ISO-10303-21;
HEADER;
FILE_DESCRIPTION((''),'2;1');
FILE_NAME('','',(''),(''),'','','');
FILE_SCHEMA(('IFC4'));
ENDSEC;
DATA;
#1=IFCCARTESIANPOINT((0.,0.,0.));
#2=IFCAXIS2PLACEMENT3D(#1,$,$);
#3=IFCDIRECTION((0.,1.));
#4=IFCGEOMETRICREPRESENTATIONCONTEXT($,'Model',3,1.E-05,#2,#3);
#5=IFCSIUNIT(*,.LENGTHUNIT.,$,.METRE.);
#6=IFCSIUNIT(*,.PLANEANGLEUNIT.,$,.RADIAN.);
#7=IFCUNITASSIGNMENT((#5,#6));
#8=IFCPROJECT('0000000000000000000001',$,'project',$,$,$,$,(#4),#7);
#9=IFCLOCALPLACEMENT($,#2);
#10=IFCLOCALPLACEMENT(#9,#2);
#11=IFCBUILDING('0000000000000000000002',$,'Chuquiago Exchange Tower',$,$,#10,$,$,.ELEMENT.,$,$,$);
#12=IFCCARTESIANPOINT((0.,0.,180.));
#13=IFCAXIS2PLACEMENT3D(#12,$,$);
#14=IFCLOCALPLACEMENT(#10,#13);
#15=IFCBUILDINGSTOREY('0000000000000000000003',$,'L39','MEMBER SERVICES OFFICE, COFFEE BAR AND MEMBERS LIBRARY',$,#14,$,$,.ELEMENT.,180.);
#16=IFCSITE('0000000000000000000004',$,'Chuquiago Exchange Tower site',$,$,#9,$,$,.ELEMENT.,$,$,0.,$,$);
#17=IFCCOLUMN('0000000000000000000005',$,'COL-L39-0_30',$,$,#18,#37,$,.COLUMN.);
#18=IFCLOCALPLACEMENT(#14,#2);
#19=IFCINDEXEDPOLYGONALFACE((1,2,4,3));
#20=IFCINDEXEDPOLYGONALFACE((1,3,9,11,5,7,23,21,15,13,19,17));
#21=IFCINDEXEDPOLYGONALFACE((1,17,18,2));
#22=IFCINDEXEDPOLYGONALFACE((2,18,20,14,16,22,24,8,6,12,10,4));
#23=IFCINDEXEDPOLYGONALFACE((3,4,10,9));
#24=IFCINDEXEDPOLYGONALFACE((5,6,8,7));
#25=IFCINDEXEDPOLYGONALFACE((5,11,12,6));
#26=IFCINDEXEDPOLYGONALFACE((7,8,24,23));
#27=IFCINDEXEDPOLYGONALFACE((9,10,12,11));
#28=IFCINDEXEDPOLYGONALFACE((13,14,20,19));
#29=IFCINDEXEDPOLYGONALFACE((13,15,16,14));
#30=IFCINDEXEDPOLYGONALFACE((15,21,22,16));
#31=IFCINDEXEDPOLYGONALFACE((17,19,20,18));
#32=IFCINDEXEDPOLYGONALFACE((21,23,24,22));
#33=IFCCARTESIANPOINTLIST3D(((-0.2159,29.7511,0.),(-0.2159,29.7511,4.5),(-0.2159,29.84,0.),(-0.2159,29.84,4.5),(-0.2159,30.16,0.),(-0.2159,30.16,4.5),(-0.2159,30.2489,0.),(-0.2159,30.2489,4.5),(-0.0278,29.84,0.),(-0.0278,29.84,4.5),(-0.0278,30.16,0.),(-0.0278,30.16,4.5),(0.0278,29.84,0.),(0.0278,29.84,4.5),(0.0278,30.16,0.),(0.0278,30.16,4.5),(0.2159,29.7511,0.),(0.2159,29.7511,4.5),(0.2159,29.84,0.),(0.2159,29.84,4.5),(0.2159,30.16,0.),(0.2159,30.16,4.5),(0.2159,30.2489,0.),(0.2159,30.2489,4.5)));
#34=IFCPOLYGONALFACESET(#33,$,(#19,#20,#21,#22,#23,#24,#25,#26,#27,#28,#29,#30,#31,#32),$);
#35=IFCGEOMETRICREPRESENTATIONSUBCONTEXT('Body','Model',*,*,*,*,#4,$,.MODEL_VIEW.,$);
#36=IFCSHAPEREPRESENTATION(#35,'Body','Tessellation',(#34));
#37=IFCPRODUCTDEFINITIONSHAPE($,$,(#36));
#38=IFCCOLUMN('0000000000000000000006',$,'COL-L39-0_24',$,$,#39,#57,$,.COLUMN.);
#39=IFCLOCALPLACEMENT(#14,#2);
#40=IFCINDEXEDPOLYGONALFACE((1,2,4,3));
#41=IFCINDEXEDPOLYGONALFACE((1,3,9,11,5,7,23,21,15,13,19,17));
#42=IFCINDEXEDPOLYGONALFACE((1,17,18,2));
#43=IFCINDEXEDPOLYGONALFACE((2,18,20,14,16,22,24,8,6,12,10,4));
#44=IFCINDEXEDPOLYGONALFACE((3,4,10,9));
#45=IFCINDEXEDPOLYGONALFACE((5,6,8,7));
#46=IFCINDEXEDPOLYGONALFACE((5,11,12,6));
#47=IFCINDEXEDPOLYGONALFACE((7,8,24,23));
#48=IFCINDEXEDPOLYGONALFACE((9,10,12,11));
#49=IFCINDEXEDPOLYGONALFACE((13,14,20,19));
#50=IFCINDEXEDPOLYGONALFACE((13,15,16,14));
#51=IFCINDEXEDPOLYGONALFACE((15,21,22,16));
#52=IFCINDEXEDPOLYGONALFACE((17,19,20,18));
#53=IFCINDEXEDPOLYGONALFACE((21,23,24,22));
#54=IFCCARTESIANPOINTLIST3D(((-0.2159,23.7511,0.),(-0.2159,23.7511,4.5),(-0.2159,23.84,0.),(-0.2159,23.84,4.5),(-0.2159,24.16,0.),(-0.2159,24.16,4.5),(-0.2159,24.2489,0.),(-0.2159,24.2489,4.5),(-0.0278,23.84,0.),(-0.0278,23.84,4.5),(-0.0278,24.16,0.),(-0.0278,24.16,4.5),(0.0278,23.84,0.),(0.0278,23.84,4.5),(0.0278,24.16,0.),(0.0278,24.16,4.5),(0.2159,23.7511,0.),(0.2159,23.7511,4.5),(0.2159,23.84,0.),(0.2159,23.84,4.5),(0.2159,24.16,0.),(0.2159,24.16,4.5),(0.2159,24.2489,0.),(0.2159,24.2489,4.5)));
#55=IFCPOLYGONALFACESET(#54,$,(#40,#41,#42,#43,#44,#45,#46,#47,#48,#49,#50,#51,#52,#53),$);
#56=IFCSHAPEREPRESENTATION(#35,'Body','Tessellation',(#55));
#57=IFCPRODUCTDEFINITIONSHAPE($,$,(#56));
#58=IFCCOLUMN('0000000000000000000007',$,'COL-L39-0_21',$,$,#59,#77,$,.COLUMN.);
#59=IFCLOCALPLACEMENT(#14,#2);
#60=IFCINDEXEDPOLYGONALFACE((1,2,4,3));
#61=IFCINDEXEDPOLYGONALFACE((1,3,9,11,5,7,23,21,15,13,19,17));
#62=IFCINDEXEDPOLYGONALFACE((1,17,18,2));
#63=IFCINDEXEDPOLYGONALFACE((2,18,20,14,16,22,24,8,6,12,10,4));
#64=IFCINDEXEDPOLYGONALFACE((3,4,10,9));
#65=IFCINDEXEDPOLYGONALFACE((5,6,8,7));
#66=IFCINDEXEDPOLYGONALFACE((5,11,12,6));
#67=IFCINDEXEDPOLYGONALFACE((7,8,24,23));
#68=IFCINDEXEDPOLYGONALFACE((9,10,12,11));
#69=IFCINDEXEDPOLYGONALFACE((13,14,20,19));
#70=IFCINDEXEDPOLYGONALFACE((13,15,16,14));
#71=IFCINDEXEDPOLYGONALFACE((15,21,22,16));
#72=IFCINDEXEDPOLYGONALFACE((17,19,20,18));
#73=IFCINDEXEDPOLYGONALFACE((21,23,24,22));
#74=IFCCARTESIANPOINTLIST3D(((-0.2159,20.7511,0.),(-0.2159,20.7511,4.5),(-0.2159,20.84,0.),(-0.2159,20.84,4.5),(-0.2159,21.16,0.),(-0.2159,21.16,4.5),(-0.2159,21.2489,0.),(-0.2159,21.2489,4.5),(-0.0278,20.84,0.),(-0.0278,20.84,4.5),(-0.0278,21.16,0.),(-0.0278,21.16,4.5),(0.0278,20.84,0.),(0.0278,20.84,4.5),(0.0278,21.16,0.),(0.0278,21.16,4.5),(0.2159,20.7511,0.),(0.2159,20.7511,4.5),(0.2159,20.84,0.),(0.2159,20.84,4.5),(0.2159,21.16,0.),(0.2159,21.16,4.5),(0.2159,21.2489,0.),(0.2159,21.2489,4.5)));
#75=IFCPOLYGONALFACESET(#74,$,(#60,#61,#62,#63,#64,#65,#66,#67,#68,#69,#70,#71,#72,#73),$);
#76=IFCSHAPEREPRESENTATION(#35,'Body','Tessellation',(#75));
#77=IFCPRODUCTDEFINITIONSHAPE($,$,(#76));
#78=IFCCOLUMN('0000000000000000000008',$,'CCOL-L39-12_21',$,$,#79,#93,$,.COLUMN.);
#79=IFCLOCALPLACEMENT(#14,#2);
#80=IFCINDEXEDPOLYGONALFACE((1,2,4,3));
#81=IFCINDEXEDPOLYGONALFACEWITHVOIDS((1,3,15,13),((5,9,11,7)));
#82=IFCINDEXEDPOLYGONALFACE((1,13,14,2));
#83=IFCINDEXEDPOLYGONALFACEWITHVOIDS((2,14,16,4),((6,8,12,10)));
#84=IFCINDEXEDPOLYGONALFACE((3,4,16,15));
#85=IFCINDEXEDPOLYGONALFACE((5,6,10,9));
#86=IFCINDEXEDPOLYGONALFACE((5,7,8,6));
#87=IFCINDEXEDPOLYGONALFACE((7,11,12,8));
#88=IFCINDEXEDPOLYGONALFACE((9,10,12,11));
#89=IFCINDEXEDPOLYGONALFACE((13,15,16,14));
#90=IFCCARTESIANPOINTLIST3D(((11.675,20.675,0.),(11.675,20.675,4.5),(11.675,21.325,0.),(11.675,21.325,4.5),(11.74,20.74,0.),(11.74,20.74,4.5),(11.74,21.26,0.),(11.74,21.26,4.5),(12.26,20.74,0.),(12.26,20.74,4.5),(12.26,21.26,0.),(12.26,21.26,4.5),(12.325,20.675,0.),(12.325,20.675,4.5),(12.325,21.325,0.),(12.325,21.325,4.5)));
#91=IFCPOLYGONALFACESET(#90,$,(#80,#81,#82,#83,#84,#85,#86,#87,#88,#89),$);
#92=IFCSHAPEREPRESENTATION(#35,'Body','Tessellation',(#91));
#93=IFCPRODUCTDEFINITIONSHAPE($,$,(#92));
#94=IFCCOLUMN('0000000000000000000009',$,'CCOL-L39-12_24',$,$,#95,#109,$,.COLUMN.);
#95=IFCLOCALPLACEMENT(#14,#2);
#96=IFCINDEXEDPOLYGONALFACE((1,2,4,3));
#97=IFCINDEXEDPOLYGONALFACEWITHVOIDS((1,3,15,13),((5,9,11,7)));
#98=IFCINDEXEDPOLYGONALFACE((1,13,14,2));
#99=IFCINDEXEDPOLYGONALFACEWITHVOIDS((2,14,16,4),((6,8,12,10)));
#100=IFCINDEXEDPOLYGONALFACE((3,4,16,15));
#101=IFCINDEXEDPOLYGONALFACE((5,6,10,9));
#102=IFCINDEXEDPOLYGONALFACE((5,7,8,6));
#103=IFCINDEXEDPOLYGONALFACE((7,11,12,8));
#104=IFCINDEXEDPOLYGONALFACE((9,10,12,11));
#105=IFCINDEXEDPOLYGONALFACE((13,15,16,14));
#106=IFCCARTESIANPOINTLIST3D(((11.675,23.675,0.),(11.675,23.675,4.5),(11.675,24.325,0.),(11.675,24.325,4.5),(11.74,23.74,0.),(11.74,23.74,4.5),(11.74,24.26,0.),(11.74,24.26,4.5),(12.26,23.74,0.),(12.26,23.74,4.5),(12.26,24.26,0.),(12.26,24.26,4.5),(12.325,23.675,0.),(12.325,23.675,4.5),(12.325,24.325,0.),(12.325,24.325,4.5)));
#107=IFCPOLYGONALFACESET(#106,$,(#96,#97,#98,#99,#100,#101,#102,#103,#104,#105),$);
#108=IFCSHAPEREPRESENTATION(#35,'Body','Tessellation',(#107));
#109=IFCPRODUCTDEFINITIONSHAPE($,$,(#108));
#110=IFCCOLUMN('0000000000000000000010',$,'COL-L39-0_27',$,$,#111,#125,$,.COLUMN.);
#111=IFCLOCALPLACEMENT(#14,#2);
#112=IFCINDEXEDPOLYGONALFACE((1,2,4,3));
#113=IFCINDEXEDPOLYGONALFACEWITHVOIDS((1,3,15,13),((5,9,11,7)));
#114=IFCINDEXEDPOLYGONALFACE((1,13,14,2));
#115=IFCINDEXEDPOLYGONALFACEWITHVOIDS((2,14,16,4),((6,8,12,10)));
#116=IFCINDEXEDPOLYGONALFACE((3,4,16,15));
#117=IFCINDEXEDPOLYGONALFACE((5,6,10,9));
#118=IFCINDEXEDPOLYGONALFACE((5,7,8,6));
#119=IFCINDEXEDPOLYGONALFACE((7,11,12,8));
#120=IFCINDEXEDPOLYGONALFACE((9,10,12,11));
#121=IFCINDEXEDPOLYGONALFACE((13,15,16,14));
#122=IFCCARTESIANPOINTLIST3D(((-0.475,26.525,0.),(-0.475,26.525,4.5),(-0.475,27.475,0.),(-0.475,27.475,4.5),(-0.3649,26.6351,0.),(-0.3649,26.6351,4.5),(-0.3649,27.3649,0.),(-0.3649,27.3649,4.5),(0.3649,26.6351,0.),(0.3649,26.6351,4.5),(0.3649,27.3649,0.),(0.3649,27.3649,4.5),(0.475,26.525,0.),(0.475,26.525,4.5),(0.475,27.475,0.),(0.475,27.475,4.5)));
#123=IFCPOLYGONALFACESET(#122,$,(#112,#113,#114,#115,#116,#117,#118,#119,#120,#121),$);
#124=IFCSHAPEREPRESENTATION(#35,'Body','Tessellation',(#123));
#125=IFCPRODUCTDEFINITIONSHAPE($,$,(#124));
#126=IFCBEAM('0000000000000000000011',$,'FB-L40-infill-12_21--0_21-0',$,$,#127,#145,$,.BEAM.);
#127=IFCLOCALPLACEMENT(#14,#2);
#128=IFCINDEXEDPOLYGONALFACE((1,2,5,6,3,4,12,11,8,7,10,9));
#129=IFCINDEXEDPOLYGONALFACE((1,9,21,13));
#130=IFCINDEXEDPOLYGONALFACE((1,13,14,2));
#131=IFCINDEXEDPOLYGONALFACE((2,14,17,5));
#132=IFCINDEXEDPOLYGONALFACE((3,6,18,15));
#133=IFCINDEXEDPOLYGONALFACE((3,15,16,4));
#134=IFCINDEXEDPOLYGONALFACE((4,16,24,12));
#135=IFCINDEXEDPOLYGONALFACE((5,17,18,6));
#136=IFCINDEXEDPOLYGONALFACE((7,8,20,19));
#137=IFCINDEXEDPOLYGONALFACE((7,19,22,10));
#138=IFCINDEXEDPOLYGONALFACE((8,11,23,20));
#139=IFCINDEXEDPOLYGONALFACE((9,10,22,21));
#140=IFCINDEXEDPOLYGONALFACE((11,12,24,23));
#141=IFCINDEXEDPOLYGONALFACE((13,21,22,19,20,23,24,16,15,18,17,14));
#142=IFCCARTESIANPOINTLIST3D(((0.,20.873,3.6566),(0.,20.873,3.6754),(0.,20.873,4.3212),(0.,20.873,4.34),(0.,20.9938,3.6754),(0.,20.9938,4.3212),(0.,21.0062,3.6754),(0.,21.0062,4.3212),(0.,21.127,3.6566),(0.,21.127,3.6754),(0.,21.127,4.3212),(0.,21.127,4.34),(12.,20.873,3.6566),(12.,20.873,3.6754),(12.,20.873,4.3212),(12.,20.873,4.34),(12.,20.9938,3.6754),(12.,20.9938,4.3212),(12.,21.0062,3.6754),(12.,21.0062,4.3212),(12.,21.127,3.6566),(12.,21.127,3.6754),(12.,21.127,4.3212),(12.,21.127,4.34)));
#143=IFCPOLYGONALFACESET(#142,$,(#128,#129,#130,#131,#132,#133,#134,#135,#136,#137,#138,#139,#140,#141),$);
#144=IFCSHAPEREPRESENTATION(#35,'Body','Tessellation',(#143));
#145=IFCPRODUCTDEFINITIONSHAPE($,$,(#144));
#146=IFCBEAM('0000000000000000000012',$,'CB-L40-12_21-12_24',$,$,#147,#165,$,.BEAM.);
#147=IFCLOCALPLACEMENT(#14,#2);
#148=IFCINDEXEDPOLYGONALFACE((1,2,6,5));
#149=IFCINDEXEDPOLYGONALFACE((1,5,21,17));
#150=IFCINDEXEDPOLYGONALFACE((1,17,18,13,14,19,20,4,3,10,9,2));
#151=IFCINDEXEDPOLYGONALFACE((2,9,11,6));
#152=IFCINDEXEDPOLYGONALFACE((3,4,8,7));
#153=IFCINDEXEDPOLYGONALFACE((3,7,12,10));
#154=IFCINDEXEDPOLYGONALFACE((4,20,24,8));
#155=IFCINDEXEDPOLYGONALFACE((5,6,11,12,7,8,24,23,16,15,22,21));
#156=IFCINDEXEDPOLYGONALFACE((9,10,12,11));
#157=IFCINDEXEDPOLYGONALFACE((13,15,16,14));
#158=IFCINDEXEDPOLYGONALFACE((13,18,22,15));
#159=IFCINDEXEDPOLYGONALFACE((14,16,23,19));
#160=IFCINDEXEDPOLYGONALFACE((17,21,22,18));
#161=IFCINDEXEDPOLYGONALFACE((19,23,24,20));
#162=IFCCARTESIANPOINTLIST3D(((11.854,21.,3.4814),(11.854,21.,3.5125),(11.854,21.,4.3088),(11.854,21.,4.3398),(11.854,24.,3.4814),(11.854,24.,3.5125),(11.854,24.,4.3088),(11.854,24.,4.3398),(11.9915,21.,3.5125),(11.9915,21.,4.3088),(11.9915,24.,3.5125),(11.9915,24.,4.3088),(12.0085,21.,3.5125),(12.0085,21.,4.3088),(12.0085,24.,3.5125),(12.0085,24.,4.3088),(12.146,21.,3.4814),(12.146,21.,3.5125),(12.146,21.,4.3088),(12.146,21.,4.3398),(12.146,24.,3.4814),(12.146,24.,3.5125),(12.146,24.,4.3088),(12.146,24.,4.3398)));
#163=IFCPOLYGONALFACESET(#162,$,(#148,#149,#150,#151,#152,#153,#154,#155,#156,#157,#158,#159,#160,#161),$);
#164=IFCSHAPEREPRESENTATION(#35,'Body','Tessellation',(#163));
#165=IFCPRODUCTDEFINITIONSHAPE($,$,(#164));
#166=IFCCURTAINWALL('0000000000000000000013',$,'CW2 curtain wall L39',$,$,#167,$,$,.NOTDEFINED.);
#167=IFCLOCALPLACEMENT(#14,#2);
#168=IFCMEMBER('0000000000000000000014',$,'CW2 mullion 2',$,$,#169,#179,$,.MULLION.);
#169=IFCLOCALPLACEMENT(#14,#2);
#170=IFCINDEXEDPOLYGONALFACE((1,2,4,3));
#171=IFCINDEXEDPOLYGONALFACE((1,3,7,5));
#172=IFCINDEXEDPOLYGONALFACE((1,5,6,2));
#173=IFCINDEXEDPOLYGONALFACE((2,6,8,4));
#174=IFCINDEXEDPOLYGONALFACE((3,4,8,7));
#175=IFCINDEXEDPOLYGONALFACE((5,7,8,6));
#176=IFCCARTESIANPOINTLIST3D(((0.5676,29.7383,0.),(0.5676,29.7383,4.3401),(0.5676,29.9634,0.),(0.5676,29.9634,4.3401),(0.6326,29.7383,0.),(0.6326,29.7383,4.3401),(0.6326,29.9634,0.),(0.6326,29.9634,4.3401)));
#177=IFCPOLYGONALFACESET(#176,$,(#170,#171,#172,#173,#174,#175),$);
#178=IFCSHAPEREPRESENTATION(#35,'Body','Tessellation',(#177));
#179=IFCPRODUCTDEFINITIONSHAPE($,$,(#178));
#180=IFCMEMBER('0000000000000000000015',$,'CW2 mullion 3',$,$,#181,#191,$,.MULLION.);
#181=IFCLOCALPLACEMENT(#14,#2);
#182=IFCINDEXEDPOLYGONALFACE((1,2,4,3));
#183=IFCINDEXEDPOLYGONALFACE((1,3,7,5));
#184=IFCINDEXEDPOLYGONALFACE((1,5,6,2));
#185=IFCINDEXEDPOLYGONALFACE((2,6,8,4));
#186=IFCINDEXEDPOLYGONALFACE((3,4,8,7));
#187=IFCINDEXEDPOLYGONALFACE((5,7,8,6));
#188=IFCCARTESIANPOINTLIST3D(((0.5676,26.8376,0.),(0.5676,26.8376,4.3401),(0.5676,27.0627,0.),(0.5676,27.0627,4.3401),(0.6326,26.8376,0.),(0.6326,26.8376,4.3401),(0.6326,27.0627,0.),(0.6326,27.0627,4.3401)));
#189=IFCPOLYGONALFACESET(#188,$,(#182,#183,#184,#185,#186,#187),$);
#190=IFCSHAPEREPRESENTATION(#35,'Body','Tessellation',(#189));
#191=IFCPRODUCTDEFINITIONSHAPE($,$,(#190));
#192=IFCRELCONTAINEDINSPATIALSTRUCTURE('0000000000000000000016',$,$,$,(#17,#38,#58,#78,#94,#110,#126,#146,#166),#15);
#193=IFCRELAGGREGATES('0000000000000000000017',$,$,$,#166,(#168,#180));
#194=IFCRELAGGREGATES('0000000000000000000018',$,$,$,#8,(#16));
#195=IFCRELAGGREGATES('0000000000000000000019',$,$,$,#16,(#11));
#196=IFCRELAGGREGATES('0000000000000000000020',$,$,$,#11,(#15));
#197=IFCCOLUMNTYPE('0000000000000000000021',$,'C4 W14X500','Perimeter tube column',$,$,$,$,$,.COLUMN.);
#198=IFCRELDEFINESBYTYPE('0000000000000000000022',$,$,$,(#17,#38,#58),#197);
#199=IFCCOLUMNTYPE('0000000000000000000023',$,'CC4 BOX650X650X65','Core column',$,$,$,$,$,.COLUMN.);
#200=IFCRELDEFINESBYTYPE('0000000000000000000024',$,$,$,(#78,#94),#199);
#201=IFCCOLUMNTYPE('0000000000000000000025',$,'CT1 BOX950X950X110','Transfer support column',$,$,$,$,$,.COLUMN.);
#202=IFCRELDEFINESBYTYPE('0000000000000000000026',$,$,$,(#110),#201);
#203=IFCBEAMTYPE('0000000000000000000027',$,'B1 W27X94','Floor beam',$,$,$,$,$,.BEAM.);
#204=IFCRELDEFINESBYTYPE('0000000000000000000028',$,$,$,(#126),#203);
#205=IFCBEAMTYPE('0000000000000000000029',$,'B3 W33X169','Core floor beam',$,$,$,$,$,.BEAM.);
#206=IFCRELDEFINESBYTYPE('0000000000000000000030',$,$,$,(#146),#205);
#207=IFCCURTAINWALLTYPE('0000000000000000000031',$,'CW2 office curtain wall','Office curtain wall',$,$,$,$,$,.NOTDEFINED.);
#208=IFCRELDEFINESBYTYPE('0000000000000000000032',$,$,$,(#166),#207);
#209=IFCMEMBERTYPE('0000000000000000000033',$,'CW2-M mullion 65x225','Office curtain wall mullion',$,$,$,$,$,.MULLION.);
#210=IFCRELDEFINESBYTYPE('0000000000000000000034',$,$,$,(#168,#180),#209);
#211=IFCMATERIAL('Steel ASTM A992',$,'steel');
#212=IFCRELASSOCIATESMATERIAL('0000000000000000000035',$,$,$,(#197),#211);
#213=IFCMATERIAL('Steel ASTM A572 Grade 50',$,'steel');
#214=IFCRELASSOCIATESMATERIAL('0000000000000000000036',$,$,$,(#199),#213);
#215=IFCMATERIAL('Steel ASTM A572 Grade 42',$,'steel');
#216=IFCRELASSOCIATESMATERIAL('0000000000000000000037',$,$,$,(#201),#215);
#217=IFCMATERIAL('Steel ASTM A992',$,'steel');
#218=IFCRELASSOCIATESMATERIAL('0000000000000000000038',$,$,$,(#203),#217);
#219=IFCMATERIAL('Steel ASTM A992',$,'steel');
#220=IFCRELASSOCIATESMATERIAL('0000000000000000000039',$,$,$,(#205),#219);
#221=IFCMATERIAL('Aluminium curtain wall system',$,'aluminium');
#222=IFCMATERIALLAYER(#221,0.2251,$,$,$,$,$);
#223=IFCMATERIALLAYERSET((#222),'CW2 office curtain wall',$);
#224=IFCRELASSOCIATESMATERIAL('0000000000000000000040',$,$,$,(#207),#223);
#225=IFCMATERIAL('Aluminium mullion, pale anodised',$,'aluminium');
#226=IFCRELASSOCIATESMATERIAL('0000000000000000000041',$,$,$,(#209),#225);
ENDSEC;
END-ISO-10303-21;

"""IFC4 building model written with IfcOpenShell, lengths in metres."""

from ifc_helpers import new_model, si_unit, direction, frame, origin, origin_2d, place, context, subcontext, project, spatial, rectangle, hollow_rectangle, i_section, extrude, material, layer, layer_set, material_profile, profile_set, type_object, element, aggregate, save


model = new_model("IFC4")

# Units and contexts
model_context = context("Model", 3, precision=1e-05, world=origin(), true_north=direction((0.0, 1.0)))
body_context = subcontext(model_context, "Body", "Model", "MODEL_VIEW")
ifc_project = project(units=[si_unit("LENGTHUNIT", "METRE"), si_unit("PLANEANGLEUNIT", "RADIAN")], contexts=[model_context])

# Site, building, storey
site_placement = place(None, origin())
site = spatial("IfcSite", under=ifc_project, at=site_placement, Name="Chuquiago Exchange Tower site", CompositionType="ELEMENT", RefElevation=0.0)
building_placement = place(site_placement, origin())
building = spatial("IfcBuilding", under=site, at=building_placement, Name="Chuquiago Exchange Tower", CompositionType="ELEMENT")
storey_placement = place(building_placement, frame((0.0, 0.0, 180.0)))
storey = spatial("IfcBuildingStorey", under=building, at=storey_placement, Name="L39", Description="MEMBER SERVICES OFFICE, COFFEE BAR AND MEMBERS LIBRARY", CompositionType="ELEMENT", Elevation=180.0)

# Columns
ifc_material_1 = material(Name="Steel ASTM A992", Category="steel")
ifc_material_profile_1 = material_profile(ifc_material_1, i_section(OverallWidth=0.4319, OverallDepth=0.4978, WebThickness=0.0557, FlangeThickness=0.0889, at=origin_2d()), Name="W14X500")
ifc_profile_set_1 = profile_set([ifc_material_profile_1], Name="Steel ASTM A992")
column_type_1 = type_object("IfcColumnType", Name="C4 W14X500", Description="Perimeter tube column", PredefinedType="COLUMN", material=ifc_profile_set_1)
for number, where, z_axis, x_axis, name in (
    (1, (0.0, 30.0, 0.0), (0.0, 0.0, 1.0), (-1.0, 0.0, 0.0), "COL-L39-0_30"),
    (2, (0.0, 24.0, 0.0), (0.0, 0.0, 1.0), (-1.0, 0.0, 0.0), "COL-L39-0_24"),
    (3, (0.0, 21.0, 0.0), (0.0, 0.0, 1.0), (-1.0, 0.0, 0.0), "COL-L39-0_21"),
):
    element("IfcColumn", number, at=place(storey_placement, frame(where, z_axis=z_axis, x_axis=x_axis)), inside=storey, type_object=column_type_1, Name=name, PredefinedType="COLUMN", context=body_context, shape_type="SweptSolid", body=[
        extrude(i_section(OverallWidth=0.4319, OverallDepth=0.4978, WebThickness=0.0557, FlangeThickness=0.0889, at=origin_2d()), origin(), (0.0, 0.0, 1.0), 4.5),
    ])
ifc_material_2 = material(Name="Steel ASTM A572 Grade 50", Category="steel")
ifc_material_profile_2 = material_profile(ifc_material_2, hollow_rectangle(XDim=0.6499, YDim=0.6499, WallThickness=0.0649, at=origin_2d()), Name="BOX650X650X65")
ifc_profile_set_2 = profile_set([ifc_material_profile_2], Name="Steel ASTM A572 Grade 50")
column_type_2 = type_object("IfcColumnType", Name="CC4 BOX650X650X65", Description="Core column", PredefinedType="COLUMN", material=ifc_profile_set_2)
for number, where, z_axis, x_axis, name in (
    (4, (12.0, 21.0, 0.0), (0.0, 0.0, 1.0), (1.0, 0.0, 0.0), "CCOL-L39-12_21"),
    (5, (12.0, 24.0, 0.0), (0.0, 0.0, 1.0), (1.0, 0.0, 0.0), "CCOL-L39-12_24"),
):
    element("IfcColumn", number, at=place(storey_placement, frame(where, z_axis=z_axis, x_axis=x_axis)), inside=storey, type_object=column_type_2, Name=name, PredefinedType="COLUMN", context=body_context, shape_type="SweptSolid", body=[
        extrude(hollow_rectangle(XDim=0.6499, YDim=0.6499, WallThickness=0.0649, at=origin_2d()), origin(), (0.0, 0.0, 1.0), 4.5),
    ])
ifc_material_3 = material(Name="Steel ASTM A572 Grade 42", Category="steel")
ifc_material_profile_3 = material_profile(ifc_material_3, hollow_rectangle(XDim=0.95, YDim=0.95, WallThickness=0.1101, at=origin_2d()), Name="BOX950X950X110")
ifc_profile_set_3 = profile_set([ifc_material_profile_3], Name="Steel ASTM A572 Grade 42")
column_type_3 = type_object("IfcColumnType", Name="CT1 BOX950X950X110", Description="Transfer support column", PredefinedType="COLUMN", material=ifc_profile_set_3)
column_placement = place(storey_placement, frame((0.0, 27.0, 0.0), z_axis=(0.0, 0.0, 1.0), x_axis=(-1.0, 0.0, 0.0)))
element("IfcColumn", 6, at=column_placement, inside=storey, type_object=column_type_3, Name="COL-L39-0_27", PredefinedType="COLUMN", context=body_context, shape_type="SweptSolid", body=[
    extrude(hollow_rectangle(XDim=0.95, YDim=0.95, WallThickness=0.1101, at=origin_2d()), origin(), (0.0, 0.0, 1.0), 4.5),
])

# Beams
ifc_material_4 = material(Name="Steel ASTM A992", Category="steel")
ifc_material_profile_4 = material_profile(ifc_material_4, i_section(OverallWidth=0.2539, OverallDepth=0.6833, WebThickness=0.0125, FlangeThickness=0.0188, at=origin_2d()), Name="W27X94")
ifc_profile_set_4 = profile_set([ifc_material_profile_4], Name="Steel ASTM A992")
beam_type_1 = type_object("IfcBeamType", Name="B1 W27X94", Description="Floor beam", PredefinedType="BEAM", material=ifc_profile_set_4)
beam_1_placement = place(storey_placement, frame((12.0, 21.0, 3.9983), z_axis=(-1.0, 0.0, 0.0), x_axis=(0.0, -1.0, 0.0)))
element("IfcBeam", 7, at=beam_1_placement, inside=storey, type_object=beam_type_1, Name="FB-L40-infill-12_21--0_21-0", PredefinedType="BEAM", context=body_context, shape_type="SweptSolid", body=[
    extrude(i_section(OverallWidth=0.2539, OverallDepth=0.6833, WebThickness=0.0125, FlangeThickness=0.0188, at=origin_2d()), origin(), (0.0, 0.0, 1.0), 12.0),
])
ifc_material_5 = material(Name="Steel ASTM A992", Category="steel")
ifc_material_profile_5 = material_profile(ifc_material_5, i_section(OverallWidth=0.292, OverallDepth=0.8584, WebThickness=0.0171, FlangeThickness=0.031, at=origin_2d()), Name="W33X169")
ifc_profile_set_5 = profile_set([ifc_material_profile_5], Name="Steel ASTM A992")
beam_type_2 = type_object("IfcBeamType", Name="B3 W33X169", Description="Core floor beam", PredefinedType="BEAM", material=ifc_profile_set_5)
beam_2_placement = place(storey_placement, frame((12.0, 21.0, 3.9106), z_axis=(0.0, 1.0, 0.0), x_axis=(-1.0, 0.0, 0.0)))
element("IfcBeam", 8, at=beam_2_placement, inside=storey, type_object=beam_type_2, Name="CB-L40-12_21-12_24", PredefinedType="BEAM", context=body_context, shape_type="SweptSolid", body=[
    extrude(i_section(OverallWidth=0.292, OverallDepth=0.8584, WebThickness=0.0171, FlangeThickness=0.031, at=origin_2d()), origin(), (0.0, 0.0, 1.0), 3.0),
])

# Curtain wall, members
ifc_material_6 = material(Name="Aluminium curtain wall system", Category="aluminium")
ifc_layer_1 = layer(ifc_material_6, 0.2251)
ifc_layer_set_1 = layer_set([ifc_layer_1], Name="CW2 office curtain wall")
curtain_wall_type = type_object("IfcCurtainWallType", Name="CW2 office curtain wall", Description="Office curtain wall", PredefinedType="NOTDEFINED", material=ifc_layer_set_1)
curtain_wall_placement = place(storey_placement, origin())
curtain_wall = element("IfcCurtainWall", 9, at=curtain_wall_placement, inside=storey, type_object=curtain_wall_type, Name="CW2 curtain wall L39", PredefinedType="NOTDEFINED")
ifc_material_7 = material(Name="Aluminium mullion, pale anodised", Category="aluminium")
ifc_material_profile_6 = material_profile(ifc_material_7, rectangle(XDim=0.0649, YDim=0.2251, at=origin_2d()), Name="AL 65x225")
ifc_profile_set_6 = profile_set([ifc_material_profile_6], Name="Aluminium mullion, pale anodised")
member_type_1 = type_object("IfcMemberType", Name="CW2-M mullion 65x225", Description="Office curtain wall mullion", PredefinedType="MULLION", material=ifc_profile_set_6)
member_1_placement = place(storey_placement, frame((0.6001, 29.8508, 0.0), z_axis=(0.0, 0.0, 1.0), x_axis=(1.0, 0.0, 0.0)))
member_1 = element("IfcMember", 10, at=member_1_placement, type_object=member_type_1, Name="CW2 mullion 2", PredefinedType="MULLION", context=body_context, shape_type="SweptSolid", body=[
    extrude(rectangle(XDim=0.0649, YDim=0.2251, at=origin_2d()), origin(), (0.0, 0.0, 1.0), 4.3401),
])
member_2_placement = place(storey_placement, frame((0.6001, 26.9502, 0.0), z_axis=(0.0, 0.0, 1.0), x_axis=(1.0, 0.0, 0.0)))
member_2 = element("IfcMember", 11, at=member_2_placement, type_object=member_type_1, Name="CW2 mullion 3", PredefinedType="MULLION", context=body_context, shape_type="SweptSolid", body=[
    extrude(rectangle(XDim=0.0649, YDim=0.2251, at=origin_2d()), origin(), (0.0, 0.0, 1.0), 4.3401),
])

aggregate(curtain_wall, [member_1, member_2])

save(model, "model.ifc")
